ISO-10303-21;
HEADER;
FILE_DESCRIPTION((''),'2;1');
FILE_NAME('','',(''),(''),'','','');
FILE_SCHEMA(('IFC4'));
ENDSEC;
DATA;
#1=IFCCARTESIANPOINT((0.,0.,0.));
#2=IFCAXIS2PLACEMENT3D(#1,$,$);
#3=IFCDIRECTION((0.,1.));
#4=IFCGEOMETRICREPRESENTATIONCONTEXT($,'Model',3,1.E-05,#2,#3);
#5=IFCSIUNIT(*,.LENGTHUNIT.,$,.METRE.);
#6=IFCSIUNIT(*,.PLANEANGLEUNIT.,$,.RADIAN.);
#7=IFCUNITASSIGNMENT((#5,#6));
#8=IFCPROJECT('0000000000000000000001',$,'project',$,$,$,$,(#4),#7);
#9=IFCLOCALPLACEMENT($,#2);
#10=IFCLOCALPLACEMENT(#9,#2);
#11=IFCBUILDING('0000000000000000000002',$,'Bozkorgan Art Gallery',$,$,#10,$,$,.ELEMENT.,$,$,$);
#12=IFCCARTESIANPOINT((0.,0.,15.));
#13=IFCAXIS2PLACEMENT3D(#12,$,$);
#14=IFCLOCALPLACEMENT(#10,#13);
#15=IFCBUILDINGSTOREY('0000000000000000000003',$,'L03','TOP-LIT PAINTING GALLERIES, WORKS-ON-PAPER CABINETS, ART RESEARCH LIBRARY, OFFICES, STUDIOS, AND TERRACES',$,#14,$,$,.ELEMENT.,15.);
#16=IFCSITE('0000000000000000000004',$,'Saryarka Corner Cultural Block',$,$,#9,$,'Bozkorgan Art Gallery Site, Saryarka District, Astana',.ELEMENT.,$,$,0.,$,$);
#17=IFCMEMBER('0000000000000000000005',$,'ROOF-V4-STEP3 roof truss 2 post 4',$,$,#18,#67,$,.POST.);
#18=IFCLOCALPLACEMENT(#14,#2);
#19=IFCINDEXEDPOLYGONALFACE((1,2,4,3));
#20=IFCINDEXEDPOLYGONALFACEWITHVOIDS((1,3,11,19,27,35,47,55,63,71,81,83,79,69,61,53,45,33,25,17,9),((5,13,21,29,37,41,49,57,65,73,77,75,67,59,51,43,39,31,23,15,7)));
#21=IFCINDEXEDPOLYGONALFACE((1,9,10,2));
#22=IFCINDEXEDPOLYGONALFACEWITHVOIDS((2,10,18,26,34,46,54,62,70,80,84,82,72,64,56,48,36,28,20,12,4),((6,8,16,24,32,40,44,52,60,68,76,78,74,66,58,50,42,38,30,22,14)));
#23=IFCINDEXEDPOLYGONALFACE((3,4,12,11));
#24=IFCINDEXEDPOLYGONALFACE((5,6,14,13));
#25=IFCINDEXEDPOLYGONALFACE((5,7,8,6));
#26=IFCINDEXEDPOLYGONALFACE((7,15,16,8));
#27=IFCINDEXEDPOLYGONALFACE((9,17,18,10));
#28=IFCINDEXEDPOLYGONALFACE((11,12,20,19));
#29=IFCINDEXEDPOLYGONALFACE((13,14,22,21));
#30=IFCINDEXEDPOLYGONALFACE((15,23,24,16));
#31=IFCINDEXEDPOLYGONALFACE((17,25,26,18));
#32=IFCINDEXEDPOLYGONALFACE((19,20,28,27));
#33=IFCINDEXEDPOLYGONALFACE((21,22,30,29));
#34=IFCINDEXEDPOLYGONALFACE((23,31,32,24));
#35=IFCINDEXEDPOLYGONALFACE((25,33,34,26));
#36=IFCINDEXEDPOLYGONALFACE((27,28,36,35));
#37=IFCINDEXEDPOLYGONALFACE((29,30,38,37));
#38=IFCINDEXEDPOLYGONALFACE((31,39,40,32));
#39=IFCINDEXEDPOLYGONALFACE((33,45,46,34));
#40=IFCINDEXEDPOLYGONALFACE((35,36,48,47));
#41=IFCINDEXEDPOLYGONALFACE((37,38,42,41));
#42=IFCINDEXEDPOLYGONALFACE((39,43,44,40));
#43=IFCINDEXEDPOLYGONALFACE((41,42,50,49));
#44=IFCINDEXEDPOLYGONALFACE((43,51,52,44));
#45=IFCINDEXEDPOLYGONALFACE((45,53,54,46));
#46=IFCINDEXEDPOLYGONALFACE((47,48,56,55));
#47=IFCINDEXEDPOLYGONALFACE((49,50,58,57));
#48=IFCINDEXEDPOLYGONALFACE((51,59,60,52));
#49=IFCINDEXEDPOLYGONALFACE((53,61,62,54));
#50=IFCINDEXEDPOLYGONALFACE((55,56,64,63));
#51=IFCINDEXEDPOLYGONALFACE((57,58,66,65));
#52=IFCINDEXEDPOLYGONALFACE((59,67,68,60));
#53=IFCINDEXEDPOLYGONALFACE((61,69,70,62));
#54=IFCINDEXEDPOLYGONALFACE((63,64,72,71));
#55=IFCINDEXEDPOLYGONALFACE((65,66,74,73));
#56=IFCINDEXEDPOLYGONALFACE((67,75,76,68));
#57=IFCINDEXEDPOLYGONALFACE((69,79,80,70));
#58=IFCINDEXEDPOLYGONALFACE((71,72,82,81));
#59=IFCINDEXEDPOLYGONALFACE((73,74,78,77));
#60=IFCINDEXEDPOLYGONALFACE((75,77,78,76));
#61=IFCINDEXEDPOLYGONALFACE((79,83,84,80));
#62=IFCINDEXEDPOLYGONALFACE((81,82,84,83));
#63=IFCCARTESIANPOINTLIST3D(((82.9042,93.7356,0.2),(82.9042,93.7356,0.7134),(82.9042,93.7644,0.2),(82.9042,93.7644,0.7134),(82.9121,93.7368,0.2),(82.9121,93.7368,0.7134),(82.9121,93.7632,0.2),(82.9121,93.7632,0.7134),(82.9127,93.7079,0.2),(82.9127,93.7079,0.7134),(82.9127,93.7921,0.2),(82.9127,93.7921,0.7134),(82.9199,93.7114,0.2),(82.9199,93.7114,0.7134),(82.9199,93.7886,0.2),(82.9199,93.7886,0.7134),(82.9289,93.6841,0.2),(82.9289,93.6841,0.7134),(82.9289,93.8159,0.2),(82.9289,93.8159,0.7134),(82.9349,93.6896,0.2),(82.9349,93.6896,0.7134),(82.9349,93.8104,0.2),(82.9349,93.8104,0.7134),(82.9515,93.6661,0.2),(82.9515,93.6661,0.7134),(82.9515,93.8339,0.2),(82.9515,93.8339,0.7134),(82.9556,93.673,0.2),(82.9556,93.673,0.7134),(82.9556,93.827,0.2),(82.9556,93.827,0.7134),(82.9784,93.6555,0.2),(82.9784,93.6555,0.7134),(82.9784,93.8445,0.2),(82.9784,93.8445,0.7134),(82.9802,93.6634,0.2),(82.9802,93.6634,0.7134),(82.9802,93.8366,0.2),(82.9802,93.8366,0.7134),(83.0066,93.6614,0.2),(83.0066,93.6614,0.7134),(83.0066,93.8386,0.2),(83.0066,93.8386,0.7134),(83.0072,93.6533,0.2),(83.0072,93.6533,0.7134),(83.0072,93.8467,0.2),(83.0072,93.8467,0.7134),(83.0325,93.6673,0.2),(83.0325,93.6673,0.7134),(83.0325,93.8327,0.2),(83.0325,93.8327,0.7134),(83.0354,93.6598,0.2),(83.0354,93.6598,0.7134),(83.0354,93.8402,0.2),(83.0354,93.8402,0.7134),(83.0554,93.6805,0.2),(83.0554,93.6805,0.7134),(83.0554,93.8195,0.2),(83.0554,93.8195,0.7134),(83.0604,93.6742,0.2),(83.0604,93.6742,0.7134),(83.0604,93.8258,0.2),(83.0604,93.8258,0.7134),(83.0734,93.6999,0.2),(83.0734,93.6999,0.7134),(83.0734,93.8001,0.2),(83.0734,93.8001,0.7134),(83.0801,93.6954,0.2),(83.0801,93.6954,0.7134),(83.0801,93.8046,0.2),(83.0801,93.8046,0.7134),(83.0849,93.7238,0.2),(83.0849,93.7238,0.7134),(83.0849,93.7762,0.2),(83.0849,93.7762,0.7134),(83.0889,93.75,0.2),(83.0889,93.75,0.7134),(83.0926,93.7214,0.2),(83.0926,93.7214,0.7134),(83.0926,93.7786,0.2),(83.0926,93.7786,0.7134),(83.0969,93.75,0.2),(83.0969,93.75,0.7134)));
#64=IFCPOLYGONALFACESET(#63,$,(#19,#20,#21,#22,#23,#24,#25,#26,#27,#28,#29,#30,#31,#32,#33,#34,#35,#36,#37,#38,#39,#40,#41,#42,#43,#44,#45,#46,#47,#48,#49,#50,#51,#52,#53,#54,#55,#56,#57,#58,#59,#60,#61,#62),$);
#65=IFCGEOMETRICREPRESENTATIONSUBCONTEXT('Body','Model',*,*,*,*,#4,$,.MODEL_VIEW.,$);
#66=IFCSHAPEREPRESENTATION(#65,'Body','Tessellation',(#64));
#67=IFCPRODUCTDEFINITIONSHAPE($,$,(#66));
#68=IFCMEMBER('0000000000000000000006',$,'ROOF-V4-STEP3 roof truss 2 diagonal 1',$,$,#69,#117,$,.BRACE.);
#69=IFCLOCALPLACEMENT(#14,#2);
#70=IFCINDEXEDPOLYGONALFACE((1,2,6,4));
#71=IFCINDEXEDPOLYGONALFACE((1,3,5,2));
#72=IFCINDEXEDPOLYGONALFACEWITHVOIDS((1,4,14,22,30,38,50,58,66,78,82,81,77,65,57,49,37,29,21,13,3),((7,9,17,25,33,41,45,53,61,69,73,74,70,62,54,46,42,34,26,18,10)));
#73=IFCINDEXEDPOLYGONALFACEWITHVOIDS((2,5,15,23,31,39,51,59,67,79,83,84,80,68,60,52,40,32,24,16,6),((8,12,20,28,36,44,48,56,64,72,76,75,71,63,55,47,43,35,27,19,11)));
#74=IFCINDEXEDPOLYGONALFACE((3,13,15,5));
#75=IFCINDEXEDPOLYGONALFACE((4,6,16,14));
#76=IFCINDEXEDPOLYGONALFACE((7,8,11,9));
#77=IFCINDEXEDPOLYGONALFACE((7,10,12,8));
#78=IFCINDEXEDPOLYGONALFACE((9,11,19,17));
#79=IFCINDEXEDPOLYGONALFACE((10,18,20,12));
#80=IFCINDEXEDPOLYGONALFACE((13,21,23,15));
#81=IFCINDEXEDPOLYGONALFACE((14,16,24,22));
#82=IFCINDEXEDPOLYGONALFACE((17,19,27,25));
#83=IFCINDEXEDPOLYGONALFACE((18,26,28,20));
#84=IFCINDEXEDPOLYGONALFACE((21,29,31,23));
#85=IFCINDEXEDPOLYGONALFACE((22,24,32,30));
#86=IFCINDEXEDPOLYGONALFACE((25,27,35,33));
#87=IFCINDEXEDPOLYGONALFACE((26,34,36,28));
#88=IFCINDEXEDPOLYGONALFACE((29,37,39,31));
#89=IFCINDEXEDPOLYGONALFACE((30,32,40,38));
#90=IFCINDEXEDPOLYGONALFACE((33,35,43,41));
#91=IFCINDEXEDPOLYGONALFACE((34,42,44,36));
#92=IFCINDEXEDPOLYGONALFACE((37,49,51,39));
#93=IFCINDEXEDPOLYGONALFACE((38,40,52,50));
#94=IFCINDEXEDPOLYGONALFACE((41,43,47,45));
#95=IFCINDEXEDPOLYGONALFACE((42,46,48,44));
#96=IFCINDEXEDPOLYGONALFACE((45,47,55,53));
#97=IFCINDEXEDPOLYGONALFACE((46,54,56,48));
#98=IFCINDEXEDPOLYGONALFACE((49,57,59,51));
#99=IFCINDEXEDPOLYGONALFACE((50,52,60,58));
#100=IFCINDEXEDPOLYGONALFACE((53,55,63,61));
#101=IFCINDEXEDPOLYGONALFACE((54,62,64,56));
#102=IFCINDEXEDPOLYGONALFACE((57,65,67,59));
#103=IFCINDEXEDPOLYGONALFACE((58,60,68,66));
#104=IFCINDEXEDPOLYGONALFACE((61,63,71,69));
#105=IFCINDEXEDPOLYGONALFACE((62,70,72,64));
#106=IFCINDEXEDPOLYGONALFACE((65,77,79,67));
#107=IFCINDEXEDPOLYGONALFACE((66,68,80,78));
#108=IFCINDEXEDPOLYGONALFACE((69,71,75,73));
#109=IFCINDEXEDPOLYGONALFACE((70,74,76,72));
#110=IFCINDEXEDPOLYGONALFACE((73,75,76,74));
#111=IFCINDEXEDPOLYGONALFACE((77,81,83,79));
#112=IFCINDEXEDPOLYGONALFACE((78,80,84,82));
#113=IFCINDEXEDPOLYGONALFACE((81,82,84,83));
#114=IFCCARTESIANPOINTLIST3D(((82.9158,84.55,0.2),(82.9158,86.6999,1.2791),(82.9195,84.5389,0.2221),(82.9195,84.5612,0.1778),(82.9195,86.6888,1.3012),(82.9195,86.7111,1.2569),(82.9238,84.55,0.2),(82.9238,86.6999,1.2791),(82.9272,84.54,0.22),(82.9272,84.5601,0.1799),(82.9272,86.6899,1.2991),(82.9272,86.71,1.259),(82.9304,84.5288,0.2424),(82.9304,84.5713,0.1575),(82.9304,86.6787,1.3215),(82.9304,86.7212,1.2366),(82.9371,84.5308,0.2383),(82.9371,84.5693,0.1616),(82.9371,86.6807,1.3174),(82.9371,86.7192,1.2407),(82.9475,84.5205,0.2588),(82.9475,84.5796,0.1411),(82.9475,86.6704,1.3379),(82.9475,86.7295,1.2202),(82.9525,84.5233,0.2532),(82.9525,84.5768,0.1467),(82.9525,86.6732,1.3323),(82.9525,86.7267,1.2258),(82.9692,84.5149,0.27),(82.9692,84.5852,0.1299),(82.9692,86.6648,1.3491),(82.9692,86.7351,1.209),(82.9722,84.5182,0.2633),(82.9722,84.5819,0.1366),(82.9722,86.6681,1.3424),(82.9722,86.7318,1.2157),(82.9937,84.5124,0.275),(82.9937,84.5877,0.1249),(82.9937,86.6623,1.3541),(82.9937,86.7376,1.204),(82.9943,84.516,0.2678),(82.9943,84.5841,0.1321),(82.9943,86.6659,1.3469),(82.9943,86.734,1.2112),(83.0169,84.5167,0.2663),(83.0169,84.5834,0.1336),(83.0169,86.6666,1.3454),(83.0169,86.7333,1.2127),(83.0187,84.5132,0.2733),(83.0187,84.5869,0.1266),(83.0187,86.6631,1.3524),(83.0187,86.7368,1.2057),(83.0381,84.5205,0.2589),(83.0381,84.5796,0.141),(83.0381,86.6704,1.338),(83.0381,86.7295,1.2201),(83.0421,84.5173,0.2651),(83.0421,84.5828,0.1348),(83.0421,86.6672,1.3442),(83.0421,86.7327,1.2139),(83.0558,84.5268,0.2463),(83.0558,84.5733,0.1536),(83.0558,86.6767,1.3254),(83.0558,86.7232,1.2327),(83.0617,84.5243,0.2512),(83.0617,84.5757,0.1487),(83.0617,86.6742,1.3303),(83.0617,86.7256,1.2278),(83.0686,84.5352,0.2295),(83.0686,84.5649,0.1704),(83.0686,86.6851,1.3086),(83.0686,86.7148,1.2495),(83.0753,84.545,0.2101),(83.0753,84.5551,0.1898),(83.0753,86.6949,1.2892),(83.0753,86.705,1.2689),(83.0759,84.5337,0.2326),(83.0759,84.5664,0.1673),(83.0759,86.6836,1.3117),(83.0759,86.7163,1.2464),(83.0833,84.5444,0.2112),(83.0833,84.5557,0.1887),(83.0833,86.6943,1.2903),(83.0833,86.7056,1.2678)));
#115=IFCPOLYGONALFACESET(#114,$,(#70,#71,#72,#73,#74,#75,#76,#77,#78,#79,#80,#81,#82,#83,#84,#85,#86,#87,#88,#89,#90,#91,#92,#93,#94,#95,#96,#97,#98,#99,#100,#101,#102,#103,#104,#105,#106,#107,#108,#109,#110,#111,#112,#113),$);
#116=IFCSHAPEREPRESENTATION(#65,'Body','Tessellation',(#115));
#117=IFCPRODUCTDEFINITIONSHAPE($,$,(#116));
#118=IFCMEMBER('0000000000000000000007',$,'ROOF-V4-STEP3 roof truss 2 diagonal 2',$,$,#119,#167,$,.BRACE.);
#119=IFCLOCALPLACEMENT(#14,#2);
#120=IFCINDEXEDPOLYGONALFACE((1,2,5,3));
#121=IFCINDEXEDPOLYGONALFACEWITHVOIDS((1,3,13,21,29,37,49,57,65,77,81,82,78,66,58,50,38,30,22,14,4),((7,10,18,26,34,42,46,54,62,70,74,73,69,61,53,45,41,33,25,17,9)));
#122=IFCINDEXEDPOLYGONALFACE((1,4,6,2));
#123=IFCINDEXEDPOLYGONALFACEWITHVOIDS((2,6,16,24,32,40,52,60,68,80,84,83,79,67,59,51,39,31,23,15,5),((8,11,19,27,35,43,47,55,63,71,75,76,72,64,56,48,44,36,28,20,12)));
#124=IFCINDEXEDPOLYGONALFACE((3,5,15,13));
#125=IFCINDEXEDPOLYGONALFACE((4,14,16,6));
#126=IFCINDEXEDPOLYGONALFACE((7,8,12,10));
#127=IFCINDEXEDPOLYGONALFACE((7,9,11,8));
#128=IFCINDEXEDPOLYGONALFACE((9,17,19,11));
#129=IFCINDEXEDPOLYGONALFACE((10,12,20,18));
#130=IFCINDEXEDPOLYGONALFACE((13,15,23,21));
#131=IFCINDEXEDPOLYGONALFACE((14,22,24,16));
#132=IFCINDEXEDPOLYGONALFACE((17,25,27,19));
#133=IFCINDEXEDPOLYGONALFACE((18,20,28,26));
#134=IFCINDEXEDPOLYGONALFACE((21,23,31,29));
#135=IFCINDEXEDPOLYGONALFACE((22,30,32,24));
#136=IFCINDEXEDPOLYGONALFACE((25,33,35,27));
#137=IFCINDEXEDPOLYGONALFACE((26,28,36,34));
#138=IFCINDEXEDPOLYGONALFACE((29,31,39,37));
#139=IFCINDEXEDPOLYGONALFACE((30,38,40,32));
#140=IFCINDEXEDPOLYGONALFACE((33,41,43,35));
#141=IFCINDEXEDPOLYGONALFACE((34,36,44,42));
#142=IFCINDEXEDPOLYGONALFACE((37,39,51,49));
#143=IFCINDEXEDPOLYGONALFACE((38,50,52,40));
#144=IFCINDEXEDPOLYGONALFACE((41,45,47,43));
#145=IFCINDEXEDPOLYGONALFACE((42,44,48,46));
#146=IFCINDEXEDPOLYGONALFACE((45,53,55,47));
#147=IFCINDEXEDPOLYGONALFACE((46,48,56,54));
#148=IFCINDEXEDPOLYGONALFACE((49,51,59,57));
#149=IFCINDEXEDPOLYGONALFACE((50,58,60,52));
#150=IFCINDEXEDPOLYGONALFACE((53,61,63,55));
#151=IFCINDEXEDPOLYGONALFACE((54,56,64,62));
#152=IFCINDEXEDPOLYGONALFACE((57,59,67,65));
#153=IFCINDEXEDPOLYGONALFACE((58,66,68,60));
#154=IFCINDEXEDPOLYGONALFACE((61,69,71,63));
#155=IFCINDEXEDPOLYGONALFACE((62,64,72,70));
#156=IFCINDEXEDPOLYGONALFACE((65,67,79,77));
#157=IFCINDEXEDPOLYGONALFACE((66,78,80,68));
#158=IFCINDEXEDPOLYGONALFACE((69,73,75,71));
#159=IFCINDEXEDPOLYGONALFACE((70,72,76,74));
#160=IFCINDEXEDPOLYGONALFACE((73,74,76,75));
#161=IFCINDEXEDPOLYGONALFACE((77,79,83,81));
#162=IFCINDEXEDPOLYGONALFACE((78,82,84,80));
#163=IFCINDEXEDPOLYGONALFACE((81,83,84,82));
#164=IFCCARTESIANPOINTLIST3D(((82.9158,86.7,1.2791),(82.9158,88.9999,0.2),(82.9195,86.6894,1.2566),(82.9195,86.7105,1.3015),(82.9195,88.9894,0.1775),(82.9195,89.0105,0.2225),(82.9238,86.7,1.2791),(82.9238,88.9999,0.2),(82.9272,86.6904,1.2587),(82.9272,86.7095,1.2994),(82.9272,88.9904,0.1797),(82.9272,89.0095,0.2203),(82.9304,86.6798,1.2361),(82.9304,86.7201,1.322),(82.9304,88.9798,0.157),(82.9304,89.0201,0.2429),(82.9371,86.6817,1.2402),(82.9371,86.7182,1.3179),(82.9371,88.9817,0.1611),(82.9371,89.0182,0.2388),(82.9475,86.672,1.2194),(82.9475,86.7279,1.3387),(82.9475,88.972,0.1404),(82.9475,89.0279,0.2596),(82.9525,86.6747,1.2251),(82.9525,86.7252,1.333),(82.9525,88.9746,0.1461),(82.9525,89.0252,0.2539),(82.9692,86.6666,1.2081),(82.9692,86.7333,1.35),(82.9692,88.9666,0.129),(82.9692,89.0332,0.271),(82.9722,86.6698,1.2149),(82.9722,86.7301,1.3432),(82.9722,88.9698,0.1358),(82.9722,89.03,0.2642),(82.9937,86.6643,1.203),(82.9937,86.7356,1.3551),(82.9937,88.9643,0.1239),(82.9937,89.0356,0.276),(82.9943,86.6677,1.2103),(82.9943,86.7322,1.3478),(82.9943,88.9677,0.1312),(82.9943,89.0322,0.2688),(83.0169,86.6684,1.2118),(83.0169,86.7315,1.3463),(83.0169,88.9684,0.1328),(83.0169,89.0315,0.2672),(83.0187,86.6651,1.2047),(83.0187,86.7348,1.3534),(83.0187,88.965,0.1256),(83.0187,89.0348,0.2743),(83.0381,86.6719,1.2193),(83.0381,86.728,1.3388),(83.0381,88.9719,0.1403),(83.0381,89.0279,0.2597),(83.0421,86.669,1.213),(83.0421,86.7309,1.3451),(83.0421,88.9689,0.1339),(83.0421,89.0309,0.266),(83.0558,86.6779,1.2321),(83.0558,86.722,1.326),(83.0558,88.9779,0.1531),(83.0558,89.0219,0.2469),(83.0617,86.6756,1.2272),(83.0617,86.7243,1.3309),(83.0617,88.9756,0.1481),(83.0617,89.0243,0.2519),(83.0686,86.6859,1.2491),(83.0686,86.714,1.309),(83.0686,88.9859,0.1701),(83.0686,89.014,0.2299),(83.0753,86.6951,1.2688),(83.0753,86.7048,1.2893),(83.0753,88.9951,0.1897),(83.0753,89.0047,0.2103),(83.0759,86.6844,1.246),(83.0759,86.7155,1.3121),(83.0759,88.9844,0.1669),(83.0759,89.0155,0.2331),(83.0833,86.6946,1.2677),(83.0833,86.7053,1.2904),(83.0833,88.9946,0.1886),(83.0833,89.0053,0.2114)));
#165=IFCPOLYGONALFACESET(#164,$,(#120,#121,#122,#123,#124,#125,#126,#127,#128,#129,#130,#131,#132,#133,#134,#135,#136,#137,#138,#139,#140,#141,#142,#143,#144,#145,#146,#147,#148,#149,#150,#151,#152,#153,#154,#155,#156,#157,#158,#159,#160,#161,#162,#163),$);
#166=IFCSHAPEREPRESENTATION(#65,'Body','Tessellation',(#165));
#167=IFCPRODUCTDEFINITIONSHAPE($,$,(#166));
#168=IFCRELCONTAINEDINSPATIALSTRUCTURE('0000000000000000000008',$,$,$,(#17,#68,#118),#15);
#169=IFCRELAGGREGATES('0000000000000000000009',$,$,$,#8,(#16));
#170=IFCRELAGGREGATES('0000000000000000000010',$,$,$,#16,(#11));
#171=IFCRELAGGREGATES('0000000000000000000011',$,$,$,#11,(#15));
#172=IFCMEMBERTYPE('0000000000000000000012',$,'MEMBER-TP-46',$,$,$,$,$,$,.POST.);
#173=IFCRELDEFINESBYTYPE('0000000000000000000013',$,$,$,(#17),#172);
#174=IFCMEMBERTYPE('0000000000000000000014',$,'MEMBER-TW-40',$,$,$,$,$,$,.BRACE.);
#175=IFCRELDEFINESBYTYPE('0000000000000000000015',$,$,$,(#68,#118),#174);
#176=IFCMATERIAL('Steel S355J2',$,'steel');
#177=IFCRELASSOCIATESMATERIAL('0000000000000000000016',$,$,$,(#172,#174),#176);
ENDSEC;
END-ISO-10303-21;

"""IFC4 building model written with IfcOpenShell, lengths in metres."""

from ifc_helpers import new_model, si_unit, direction, frame, origin, origin_2d, place, context, subcontext, project, spatial, hollow_circle, extrude, material, material_profile, profile_set, type_object, element, save


model = new_model("IFC4")

# Units and contexts
model_context = context("Model", 3, precision=1e-05, world=origin(), true_north=direction((0.0, 1.0)))
body_context = subcontext(model_context, "Body", "Model", "MODEL_VIEW")
ifc_project = project(units=[si_unit("LENGTHUNIT", "METRE"), si_unit("PLANEANGLEUNIT", "RADIAN")], contexts=[model_context])

# Site, building, storey
site_placement = place(None, origin())
site = spatial("IfcSite", under=ifc_project, at=site_placement, Name="Saryarka Corner Cultural Block", LongName="Bozkorgan Art Gallery Site, Saryarka District, Astana", CompositionType="ELEMENT", RefElevation=0.0)
building_placement = place(site_placement, origin())
building = spatial("IfcBuilding", under=site, at=building_placement, Name="Bozkorgan Art Gallery", CompositionType="ELEMENT")
storey_placement = place(building_placement, frame((0.0, 0.0, 15.0)))
storey = spatial("IfcBuildingStorey", under=building, at=storey_placement, Name="L03", Description="TOP-LIT PAINTING GALLERIES, WORKS-ON-PAPER CABINETS, ART RESEARCH LIBRARY, OFFICES, STUDIOS, AND TERRACES", CompositionType="ELEMENT", Elevation=15.0)

# Shared definitions
ifc_material_1 = material(Name="Steel S355J2", Category="steel")

# Members
ifc_material_profile_1 = material_profile(ifc_material_1, hollow_circle(Radius=0.0969, WallThickness=0.0081, at=origin_2d()), Name="CHS 193.7x8")
ifc_profile_set_1 = profile_set([ifc_material_profile_1], Name="Steel S355J2")
member_type_1 = type_object("IfcMemberType", Name="MEMBER-TP-46", PredefinedType="POST", material=ifc_profile_set_1)
member_1_placement = place(storey_placement, frame((83.0, 93.75, 0.2), z_axis=(0.0, 0.0, 1.0), x_axis=(1.0, 0.0, 0.0)))
element("IfcMember", 1, at=member_1_placement, inside=storey, type_object=member_type_1, Name="ROOF-V4-STEP3 roof truss 2 post 4", PredefinedType="POST", context=body_context, shape_type="SweptSolid", body=[
    extrude(hollow_circle(Radius=0.0969, WallThickness=0.0081, at=origin_2d()), origin(), (0.0, 0.0, 1.0), 0.5134),
])
ifc_material_profile_2 = material_profile(ifc_material_1, hollow_circle(Radius=0.0842, WallThickness=0.0081, at=origin_2d()), Name="CHS 168.3x8")
ifc_profile_set_2 = profile_set([ifc_material_profile_2], Name="Steel S355J2")
member_type_2 = type_object("IfcMemberType", Name="MEMBER-TW-40", PredefinedType="BRACE", material=ifc_profile_set_2)
member_2_placement = place(storey_placement, frame((83.0, 84.55, 0.2), z_axis=(0.0, 0.893736, 0.448593), x_axis=(-1.0, 0.0, 0.0)))
element("IfcMember", 2, at=member_2_placement, inside=storey, type_object=member_type_2, Name="ROOF-V4-STEP3 roof truss 2 diagonal 1", PredefinedType="BRACE", context=body_context, shape_type="SweptSolid", body=[
    extrude(hollow_circle(Radius=0.0842, WallThickness=0.0081, at=origin_2d()), origin(), (0.0, 0.0, 1.0), 2.4055),
])
member_3_placement = place(storey_placement, frame((83.0, 86.7, 1.2791), z_axis=(0.0, 0.905315, -0.424742), x_axis=(-1.0, 0.0, 0.0)))
element("IfcMember", 3, at=member_3_placement, inside=storey, type_object=member_type_2, Name="ROOF-V4-STEP3 roof truss 2 diagonal 2", PredefinedType="BRACE", context=body_context, shape_type="SweptSolid", body=[
    extrude(hollow_circle(Radius=0.0842, WallThickness=0.0081, at=origin_2d()), origin(), (0.0, 0.0, 1.0), 2.5405),
])

save(model, "model.ifc")
